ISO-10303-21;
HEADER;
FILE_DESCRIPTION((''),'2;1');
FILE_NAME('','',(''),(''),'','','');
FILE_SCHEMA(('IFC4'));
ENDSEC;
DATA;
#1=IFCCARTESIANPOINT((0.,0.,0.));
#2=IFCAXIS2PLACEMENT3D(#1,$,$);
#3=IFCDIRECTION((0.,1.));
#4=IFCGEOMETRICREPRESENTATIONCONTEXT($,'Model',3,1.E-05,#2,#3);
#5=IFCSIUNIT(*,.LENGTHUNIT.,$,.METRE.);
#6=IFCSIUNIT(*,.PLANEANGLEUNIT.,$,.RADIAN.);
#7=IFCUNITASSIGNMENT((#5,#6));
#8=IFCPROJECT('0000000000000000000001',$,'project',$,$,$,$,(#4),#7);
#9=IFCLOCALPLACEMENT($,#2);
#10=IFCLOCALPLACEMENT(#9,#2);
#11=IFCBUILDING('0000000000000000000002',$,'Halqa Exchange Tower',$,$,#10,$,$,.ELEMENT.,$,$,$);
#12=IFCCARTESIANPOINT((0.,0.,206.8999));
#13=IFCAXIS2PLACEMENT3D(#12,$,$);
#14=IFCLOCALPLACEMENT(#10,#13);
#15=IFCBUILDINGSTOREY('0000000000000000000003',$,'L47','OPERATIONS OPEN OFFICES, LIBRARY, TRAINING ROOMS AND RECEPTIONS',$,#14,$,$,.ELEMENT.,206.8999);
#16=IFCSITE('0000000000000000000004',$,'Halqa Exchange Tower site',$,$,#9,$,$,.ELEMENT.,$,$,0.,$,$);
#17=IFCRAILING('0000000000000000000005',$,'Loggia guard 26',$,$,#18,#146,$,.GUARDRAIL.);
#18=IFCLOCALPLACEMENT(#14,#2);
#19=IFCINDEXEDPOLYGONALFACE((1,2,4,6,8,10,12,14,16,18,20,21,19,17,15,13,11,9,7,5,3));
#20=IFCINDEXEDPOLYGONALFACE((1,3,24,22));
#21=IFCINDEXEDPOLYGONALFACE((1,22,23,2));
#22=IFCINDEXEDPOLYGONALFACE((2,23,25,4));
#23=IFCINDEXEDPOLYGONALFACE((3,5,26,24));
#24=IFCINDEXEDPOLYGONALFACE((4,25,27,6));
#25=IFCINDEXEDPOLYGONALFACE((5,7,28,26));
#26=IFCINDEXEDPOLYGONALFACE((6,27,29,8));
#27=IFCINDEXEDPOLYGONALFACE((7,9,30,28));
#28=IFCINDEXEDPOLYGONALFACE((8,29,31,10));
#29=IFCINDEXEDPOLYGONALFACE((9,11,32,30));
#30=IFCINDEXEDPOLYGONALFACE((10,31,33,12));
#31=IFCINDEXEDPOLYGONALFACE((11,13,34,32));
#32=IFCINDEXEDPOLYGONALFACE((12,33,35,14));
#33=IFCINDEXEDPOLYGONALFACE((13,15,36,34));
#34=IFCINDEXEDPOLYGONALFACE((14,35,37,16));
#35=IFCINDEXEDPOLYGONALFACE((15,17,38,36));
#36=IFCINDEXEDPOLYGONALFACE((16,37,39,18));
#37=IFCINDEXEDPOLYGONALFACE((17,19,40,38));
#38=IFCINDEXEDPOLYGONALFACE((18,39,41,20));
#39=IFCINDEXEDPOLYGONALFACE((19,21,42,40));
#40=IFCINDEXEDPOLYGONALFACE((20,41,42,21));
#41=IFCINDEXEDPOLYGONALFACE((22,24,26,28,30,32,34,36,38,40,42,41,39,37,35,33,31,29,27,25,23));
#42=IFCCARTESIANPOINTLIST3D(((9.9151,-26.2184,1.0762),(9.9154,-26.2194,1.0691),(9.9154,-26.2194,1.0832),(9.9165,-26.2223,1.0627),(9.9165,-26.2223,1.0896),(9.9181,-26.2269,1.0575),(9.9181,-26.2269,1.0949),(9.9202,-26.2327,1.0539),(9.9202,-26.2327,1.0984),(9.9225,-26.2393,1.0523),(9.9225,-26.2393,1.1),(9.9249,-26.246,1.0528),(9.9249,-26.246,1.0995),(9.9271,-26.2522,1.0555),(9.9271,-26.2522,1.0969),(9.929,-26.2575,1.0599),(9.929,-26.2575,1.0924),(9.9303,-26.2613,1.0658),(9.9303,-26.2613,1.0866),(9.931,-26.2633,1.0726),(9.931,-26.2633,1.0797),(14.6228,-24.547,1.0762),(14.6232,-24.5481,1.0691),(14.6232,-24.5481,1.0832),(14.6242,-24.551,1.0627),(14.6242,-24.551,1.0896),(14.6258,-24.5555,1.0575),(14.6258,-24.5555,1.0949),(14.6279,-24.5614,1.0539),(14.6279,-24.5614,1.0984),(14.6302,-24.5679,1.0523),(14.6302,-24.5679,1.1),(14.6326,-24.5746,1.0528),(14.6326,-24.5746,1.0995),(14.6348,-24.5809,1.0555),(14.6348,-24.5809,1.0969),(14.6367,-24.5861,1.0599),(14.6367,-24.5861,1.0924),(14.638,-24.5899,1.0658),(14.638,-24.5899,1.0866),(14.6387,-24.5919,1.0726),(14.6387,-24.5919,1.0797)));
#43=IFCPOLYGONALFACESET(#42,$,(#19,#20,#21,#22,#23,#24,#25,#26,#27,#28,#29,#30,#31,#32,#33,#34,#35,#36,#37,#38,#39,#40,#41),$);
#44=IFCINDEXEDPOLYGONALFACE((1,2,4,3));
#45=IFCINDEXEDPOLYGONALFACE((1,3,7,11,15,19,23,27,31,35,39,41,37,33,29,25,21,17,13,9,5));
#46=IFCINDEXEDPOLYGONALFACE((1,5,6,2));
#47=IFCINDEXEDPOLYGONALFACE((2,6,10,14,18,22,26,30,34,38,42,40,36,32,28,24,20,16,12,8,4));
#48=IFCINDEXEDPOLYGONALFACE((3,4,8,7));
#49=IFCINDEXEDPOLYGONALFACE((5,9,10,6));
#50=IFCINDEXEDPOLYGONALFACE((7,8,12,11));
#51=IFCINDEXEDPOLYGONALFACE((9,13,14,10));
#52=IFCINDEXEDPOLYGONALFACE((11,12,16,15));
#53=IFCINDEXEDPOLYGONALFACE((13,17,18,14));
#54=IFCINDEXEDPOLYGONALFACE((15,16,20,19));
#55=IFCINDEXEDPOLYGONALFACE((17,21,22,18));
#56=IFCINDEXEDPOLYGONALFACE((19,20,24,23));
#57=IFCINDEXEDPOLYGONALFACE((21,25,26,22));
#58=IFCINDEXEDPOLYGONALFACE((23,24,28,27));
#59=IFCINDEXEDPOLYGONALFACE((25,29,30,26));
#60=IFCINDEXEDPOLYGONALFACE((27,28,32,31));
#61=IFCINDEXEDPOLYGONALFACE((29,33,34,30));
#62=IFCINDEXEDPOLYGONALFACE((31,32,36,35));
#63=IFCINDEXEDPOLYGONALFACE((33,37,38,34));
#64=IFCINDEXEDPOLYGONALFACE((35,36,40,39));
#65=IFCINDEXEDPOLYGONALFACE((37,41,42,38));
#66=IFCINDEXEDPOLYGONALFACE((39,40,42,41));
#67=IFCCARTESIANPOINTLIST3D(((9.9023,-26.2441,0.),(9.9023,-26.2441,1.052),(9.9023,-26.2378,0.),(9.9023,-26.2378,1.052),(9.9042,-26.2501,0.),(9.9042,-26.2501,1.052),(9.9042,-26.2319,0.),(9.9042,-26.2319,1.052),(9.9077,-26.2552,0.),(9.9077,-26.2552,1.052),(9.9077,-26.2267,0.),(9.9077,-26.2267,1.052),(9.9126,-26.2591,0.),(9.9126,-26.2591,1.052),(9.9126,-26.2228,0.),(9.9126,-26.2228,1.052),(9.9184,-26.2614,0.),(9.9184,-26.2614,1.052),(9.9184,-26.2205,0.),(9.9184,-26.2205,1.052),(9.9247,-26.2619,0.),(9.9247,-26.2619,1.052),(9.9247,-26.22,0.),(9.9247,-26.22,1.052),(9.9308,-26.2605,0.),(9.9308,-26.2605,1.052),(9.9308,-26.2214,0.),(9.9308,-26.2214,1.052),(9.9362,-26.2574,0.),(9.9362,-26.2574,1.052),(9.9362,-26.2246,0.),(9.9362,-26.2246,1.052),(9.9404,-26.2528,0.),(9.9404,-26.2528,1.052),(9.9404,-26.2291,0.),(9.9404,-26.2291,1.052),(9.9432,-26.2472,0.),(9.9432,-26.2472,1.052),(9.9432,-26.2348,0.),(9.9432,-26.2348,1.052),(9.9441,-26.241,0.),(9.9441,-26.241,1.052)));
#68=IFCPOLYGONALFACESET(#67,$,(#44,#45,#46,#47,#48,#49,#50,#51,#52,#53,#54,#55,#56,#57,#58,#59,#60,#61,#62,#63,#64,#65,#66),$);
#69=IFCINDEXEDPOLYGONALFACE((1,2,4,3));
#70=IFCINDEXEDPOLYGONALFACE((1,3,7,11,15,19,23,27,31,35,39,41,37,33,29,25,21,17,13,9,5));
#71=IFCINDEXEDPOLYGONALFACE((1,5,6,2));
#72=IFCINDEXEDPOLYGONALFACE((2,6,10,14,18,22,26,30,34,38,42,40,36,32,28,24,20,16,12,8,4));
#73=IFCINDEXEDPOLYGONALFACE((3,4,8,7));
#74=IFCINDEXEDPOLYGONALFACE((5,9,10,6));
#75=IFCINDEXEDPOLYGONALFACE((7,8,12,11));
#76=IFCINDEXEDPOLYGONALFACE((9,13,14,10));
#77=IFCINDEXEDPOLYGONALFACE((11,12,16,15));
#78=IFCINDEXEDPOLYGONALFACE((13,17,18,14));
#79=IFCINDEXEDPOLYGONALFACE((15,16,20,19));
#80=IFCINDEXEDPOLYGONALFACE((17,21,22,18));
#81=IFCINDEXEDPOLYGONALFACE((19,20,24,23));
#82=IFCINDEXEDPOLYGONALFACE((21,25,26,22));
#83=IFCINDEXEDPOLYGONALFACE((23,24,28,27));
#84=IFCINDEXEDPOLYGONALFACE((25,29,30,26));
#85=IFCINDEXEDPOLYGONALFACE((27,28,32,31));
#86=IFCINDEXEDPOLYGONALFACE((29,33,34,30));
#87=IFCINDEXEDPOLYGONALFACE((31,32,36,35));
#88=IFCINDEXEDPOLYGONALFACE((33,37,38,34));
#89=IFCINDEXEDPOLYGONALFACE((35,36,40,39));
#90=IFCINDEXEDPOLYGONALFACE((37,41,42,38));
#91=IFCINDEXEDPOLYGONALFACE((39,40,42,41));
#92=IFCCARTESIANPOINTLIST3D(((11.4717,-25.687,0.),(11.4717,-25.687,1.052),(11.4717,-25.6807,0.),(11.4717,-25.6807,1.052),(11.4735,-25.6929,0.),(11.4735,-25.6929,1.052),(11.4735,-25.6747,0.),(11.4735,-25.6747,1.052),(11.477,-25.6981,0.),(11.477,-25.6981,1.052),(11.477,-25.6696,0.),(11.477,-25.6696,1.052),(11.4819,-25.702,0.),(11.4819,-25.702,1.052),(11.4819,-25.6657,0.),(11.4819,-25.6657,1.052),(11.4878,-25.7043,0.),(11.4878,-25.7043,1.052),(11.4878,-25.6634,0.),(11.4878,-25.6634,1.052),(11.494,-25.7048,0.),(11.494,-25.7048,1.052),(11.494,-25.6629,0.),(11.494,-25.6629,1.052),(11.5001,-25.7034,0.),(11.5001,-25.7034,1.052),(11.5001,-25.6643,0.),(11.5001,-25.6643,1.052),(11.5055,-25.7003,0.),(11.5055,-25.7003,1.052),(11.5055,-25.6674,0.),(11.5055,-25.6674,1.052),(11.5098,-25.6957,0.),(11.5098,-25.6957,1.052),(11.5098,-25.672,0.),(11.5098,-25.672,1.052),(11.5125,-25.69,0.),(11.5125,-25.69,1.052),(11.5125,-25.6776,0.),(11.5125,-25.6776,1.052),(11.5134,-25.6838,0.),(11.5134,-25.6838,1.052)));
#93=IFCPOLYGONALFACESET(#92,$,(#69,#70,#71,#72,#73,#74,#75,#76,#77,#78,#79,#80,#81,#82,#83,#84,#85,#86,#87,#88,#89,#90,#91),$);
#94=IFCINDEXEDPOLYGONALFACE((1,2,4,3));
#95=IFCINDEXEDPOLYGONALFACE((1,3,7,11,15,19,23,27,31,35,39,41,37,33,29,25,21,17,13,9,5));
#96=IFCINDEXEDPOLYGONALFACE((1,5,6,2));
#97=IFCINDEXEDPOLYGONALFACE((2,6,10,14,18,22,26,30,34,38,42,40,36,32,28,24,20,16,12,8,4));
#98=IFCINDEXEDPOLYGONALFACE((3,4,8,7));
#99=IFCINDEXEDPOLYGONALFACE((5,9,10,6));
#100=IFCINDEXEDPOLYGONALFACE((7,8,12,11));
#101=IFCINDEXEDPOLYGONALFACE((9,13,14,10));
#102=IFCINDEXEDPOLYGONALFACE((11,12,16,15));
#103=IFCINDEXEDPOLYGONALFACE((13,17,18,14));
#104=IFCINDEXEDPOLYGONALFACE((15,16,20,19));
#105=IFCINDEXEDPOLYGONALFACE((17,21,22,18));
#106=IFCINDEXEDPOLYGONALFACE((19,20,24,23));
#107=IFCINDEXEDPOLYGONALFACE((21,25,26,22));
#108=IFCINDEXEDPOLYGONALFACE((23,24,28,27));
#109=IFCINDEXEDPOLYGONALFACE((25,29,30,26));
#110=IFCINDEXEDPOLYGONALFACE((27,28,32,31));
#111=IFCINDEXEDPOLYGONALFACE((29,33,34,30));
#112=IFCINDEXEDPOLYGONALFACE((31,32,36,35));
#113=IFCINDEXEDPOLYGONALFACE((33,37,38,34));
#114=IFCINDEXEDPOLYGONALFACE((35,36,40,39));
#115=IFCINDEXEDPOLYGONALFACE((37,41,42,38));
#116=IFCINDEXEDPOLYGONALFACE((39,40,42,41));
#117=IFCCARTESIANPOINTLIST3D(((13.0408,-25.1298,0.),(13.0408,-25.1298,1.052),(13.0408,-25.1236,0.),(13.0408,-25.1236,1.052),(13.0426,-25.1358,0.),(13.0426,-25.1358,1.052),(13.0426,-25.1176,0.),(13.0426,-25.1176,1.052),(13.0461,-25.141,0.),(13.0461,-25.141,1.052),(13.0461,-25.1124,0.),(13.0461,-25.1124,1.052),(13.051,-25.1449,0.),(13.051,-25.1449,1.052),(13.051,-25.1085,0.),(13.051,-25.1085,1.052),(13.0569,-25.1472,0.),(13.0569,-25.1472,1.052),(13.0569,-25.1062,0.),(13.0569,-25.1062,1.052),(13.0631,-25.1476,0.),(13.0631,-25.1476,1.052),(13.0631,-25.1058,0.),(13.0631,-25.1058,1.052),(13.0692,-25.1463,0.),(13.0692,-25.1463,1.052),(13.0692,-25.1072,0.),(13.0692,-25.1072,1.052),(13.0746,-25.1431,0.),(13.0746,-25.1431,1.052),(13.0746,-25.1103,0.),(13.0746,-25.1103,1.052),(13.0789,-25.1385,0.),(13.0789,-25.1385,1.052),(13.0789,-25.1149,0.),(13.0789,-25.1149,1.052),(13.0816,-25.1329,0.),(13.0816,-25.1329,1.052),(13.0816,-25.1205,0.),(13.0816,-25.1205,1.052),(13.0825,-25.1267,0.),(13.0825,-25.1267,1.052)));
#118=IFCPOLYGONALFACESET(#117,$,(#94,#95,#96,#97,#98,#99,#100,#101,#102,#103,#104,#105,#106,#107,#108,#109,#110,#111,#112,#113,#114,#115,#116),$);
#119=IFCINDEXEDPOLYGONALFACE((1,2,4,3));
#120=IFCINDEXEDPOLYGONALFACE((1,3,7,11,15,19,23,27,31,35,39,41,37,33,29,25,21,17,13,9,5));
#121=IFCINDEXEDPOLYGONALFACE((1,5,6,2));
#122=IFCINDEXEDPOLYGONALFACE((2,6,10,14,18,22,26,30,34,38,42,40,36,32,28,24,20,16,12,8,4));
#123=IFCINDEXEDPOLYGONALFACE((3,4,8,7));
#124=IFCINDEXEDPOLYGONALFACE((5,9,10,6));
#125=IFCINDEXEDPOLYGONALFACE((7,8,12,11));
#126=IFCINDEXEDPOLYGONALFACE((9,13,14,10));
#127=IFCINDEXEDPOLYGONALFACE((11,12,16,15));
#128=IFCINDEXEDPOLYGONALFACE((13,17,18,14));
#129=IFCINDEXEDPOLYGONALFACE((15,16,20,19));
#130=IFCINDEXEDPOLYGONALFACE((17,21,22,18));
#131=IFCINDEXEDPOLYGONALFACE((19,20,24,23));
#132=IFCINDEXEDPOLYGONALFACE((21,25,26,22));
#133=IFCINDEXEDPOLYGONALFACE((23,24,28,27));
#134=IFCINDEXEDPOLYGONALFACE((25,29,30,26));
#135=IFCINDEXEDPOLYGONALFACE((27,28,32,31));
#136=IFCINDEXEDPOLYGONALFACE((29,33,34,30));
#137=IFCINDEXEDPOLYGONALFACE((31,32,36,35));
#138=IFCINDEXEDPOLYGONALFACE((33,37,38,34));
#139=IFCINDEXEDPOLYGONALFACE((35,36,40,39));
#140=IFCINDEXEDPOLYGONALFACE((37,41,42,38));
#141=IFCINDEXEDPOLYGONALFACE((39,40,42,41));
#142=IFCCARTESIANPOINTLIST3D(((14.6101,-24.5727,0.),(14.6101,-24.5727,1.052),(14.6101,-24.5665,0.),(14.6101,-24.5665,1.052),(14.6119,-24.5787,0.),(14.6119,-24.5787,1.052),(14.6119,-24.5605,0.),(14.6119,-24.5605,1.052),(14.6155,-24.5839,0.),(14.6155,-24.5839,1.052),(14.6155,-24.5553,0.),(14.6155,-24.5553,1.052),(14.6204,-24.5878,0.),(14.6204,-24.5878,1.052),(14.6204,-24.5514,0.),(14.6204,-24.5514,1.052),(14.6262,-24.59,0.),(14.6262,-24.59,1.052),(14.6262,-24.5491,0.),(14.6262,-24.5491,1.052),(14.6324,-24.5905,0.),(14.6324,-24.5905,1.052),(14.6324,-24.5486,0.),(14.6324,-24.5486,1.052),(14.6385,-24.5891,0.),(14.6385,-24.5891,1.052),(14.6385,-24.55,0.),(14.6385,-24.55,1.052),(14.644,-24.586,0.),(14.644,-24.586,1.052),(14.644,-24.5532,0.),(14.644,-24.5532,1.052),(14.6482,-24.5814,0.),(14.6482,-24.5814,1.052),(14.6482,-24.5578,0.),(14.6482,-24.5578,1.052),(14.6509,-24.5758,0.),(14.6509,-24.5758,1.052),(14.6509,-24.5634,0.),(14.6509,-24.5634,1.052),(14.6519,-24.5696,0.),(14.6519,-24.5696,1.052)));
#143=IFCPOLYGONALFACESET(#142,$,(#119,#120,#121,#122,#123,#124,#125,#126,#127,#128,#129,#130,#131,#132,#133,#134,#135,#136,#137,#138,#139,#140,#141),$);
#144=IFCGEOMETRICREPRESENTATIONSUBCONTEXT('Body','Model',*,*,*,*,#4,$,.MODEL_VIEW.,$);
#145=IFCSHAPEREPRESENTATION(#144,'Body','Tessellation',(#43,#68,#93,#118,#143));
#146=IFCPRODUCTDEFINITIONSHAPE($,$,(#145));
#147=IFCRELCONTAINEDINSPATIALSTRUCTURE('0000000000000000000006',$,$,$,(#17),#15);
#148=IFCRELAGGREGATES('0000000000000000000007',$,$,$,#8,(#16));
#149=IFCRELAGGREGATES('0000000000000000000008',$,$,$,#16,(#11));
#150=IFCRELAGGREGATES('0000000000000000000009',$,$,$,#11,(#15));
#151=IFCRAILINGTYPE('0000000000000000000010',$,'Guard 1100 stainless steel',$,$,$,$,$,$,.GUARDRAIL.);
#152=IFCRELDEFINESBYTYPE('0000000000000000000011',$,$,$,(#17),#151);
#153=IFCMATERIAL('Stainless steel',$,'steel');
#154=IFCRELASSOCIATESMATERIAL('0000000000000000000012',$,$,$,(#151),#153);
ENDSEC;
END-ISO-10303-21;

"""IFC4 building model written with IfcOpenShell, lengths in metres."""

from ifc_helpers import new_model, si_unit, direction, frame, origin, origin_2d, place, context, subcontext, project, spatial, circle, extrude, material, type_object, element, save


model = new_model("IFC4")

# Units and contexts
model_context = context("Model", 3, precision=1e-05, world=origin(), true_north=direction((0.0, 1.0)))
body_context = subcontext(model_context, "Body", "Model", "MODEL_VIEW")
ifc_project = project(units=[si_unit("LENGTHUNIT", "METRE"), si_unit("PLANEANGLEUNIT", "RADIAN")], contexts=[model_context])

# Site, building, storey
site_placement = place(None, origin())
site = spatial("IfcSite", under=ifc_project, at=site_placement, Name="Halqa Exchange Tower site", CompositionType="ELEMENT", RefElevation=0.0)
building_placement = place(site_placement, origin())
building = spatial("IfcBuilding", under=site, at=building_placement, Name="Halqa Exchange Tower", CompositionType="ELEMENT")
storey_placement = place(building_placement, frame((0.0, 0.0, 206.8999)))
storey = spatial("IfcBuildingStorey", under=building, at=storey_placement, Name="L47", Description="OPERATIONS OPEN OFFICES, LIBRARY, TRAINING ROOMS AND RECEPTIONS", CompositionType="ELEMENT", Elevation=206.8999)

# Railing
ifc_material_1 = material(Name="Stainless steel", Category="steel")
railing_type_1 = type_object("IfcRailingType", Name="Guard 1100 stainless steel", PredefinedType="GUARDRAIL", material=ifc_material_1)
railing_1_placement = place(storey_placement, frame((9.9231, -26.241, 0.0)))
element("IfcRailing", 1, at=railing_1_placement, inside=storey, type_object=railing_type_1, Name="Loggia guard 26", PredefinedType="GUARDRAIL", context=body_context, shape_type="SweptSolid", body=[
    extrude(circle(Radius=0.0239, at=origin_2d()), frame((0.0, 0.0, 1.0762), z_axis=(0.942372, 0.334568, 0.0), x_axis=(-0.334568, 0.942372, 0.0)), (0.0, 0.0, 1.0), 4.9956),
    extrude(circle(Radius=0.021, at=origin_2d()), origin(), (0.0, 0.0, 1.0), 1.052),
    extrude(circle(Radius=0.021, at=origin_2d()), frame((1.5693, 0.5571, 0.0)), (0.0, 0.0, 1.0), 1.052),
    extrude(circle(Radius=0.021, at=origin_2d()), frame((3.1384, 1.1143, 0.0)), (0.0, 0.0, 1.0), 1.052),
    extrude(circle(Radius=0.021, at=origin_2d()), frame((4.7078, 1.6714, 0.0)), (0.0, 0.0, 1.0), 1.052),
])

save(model, "model.ifc")
